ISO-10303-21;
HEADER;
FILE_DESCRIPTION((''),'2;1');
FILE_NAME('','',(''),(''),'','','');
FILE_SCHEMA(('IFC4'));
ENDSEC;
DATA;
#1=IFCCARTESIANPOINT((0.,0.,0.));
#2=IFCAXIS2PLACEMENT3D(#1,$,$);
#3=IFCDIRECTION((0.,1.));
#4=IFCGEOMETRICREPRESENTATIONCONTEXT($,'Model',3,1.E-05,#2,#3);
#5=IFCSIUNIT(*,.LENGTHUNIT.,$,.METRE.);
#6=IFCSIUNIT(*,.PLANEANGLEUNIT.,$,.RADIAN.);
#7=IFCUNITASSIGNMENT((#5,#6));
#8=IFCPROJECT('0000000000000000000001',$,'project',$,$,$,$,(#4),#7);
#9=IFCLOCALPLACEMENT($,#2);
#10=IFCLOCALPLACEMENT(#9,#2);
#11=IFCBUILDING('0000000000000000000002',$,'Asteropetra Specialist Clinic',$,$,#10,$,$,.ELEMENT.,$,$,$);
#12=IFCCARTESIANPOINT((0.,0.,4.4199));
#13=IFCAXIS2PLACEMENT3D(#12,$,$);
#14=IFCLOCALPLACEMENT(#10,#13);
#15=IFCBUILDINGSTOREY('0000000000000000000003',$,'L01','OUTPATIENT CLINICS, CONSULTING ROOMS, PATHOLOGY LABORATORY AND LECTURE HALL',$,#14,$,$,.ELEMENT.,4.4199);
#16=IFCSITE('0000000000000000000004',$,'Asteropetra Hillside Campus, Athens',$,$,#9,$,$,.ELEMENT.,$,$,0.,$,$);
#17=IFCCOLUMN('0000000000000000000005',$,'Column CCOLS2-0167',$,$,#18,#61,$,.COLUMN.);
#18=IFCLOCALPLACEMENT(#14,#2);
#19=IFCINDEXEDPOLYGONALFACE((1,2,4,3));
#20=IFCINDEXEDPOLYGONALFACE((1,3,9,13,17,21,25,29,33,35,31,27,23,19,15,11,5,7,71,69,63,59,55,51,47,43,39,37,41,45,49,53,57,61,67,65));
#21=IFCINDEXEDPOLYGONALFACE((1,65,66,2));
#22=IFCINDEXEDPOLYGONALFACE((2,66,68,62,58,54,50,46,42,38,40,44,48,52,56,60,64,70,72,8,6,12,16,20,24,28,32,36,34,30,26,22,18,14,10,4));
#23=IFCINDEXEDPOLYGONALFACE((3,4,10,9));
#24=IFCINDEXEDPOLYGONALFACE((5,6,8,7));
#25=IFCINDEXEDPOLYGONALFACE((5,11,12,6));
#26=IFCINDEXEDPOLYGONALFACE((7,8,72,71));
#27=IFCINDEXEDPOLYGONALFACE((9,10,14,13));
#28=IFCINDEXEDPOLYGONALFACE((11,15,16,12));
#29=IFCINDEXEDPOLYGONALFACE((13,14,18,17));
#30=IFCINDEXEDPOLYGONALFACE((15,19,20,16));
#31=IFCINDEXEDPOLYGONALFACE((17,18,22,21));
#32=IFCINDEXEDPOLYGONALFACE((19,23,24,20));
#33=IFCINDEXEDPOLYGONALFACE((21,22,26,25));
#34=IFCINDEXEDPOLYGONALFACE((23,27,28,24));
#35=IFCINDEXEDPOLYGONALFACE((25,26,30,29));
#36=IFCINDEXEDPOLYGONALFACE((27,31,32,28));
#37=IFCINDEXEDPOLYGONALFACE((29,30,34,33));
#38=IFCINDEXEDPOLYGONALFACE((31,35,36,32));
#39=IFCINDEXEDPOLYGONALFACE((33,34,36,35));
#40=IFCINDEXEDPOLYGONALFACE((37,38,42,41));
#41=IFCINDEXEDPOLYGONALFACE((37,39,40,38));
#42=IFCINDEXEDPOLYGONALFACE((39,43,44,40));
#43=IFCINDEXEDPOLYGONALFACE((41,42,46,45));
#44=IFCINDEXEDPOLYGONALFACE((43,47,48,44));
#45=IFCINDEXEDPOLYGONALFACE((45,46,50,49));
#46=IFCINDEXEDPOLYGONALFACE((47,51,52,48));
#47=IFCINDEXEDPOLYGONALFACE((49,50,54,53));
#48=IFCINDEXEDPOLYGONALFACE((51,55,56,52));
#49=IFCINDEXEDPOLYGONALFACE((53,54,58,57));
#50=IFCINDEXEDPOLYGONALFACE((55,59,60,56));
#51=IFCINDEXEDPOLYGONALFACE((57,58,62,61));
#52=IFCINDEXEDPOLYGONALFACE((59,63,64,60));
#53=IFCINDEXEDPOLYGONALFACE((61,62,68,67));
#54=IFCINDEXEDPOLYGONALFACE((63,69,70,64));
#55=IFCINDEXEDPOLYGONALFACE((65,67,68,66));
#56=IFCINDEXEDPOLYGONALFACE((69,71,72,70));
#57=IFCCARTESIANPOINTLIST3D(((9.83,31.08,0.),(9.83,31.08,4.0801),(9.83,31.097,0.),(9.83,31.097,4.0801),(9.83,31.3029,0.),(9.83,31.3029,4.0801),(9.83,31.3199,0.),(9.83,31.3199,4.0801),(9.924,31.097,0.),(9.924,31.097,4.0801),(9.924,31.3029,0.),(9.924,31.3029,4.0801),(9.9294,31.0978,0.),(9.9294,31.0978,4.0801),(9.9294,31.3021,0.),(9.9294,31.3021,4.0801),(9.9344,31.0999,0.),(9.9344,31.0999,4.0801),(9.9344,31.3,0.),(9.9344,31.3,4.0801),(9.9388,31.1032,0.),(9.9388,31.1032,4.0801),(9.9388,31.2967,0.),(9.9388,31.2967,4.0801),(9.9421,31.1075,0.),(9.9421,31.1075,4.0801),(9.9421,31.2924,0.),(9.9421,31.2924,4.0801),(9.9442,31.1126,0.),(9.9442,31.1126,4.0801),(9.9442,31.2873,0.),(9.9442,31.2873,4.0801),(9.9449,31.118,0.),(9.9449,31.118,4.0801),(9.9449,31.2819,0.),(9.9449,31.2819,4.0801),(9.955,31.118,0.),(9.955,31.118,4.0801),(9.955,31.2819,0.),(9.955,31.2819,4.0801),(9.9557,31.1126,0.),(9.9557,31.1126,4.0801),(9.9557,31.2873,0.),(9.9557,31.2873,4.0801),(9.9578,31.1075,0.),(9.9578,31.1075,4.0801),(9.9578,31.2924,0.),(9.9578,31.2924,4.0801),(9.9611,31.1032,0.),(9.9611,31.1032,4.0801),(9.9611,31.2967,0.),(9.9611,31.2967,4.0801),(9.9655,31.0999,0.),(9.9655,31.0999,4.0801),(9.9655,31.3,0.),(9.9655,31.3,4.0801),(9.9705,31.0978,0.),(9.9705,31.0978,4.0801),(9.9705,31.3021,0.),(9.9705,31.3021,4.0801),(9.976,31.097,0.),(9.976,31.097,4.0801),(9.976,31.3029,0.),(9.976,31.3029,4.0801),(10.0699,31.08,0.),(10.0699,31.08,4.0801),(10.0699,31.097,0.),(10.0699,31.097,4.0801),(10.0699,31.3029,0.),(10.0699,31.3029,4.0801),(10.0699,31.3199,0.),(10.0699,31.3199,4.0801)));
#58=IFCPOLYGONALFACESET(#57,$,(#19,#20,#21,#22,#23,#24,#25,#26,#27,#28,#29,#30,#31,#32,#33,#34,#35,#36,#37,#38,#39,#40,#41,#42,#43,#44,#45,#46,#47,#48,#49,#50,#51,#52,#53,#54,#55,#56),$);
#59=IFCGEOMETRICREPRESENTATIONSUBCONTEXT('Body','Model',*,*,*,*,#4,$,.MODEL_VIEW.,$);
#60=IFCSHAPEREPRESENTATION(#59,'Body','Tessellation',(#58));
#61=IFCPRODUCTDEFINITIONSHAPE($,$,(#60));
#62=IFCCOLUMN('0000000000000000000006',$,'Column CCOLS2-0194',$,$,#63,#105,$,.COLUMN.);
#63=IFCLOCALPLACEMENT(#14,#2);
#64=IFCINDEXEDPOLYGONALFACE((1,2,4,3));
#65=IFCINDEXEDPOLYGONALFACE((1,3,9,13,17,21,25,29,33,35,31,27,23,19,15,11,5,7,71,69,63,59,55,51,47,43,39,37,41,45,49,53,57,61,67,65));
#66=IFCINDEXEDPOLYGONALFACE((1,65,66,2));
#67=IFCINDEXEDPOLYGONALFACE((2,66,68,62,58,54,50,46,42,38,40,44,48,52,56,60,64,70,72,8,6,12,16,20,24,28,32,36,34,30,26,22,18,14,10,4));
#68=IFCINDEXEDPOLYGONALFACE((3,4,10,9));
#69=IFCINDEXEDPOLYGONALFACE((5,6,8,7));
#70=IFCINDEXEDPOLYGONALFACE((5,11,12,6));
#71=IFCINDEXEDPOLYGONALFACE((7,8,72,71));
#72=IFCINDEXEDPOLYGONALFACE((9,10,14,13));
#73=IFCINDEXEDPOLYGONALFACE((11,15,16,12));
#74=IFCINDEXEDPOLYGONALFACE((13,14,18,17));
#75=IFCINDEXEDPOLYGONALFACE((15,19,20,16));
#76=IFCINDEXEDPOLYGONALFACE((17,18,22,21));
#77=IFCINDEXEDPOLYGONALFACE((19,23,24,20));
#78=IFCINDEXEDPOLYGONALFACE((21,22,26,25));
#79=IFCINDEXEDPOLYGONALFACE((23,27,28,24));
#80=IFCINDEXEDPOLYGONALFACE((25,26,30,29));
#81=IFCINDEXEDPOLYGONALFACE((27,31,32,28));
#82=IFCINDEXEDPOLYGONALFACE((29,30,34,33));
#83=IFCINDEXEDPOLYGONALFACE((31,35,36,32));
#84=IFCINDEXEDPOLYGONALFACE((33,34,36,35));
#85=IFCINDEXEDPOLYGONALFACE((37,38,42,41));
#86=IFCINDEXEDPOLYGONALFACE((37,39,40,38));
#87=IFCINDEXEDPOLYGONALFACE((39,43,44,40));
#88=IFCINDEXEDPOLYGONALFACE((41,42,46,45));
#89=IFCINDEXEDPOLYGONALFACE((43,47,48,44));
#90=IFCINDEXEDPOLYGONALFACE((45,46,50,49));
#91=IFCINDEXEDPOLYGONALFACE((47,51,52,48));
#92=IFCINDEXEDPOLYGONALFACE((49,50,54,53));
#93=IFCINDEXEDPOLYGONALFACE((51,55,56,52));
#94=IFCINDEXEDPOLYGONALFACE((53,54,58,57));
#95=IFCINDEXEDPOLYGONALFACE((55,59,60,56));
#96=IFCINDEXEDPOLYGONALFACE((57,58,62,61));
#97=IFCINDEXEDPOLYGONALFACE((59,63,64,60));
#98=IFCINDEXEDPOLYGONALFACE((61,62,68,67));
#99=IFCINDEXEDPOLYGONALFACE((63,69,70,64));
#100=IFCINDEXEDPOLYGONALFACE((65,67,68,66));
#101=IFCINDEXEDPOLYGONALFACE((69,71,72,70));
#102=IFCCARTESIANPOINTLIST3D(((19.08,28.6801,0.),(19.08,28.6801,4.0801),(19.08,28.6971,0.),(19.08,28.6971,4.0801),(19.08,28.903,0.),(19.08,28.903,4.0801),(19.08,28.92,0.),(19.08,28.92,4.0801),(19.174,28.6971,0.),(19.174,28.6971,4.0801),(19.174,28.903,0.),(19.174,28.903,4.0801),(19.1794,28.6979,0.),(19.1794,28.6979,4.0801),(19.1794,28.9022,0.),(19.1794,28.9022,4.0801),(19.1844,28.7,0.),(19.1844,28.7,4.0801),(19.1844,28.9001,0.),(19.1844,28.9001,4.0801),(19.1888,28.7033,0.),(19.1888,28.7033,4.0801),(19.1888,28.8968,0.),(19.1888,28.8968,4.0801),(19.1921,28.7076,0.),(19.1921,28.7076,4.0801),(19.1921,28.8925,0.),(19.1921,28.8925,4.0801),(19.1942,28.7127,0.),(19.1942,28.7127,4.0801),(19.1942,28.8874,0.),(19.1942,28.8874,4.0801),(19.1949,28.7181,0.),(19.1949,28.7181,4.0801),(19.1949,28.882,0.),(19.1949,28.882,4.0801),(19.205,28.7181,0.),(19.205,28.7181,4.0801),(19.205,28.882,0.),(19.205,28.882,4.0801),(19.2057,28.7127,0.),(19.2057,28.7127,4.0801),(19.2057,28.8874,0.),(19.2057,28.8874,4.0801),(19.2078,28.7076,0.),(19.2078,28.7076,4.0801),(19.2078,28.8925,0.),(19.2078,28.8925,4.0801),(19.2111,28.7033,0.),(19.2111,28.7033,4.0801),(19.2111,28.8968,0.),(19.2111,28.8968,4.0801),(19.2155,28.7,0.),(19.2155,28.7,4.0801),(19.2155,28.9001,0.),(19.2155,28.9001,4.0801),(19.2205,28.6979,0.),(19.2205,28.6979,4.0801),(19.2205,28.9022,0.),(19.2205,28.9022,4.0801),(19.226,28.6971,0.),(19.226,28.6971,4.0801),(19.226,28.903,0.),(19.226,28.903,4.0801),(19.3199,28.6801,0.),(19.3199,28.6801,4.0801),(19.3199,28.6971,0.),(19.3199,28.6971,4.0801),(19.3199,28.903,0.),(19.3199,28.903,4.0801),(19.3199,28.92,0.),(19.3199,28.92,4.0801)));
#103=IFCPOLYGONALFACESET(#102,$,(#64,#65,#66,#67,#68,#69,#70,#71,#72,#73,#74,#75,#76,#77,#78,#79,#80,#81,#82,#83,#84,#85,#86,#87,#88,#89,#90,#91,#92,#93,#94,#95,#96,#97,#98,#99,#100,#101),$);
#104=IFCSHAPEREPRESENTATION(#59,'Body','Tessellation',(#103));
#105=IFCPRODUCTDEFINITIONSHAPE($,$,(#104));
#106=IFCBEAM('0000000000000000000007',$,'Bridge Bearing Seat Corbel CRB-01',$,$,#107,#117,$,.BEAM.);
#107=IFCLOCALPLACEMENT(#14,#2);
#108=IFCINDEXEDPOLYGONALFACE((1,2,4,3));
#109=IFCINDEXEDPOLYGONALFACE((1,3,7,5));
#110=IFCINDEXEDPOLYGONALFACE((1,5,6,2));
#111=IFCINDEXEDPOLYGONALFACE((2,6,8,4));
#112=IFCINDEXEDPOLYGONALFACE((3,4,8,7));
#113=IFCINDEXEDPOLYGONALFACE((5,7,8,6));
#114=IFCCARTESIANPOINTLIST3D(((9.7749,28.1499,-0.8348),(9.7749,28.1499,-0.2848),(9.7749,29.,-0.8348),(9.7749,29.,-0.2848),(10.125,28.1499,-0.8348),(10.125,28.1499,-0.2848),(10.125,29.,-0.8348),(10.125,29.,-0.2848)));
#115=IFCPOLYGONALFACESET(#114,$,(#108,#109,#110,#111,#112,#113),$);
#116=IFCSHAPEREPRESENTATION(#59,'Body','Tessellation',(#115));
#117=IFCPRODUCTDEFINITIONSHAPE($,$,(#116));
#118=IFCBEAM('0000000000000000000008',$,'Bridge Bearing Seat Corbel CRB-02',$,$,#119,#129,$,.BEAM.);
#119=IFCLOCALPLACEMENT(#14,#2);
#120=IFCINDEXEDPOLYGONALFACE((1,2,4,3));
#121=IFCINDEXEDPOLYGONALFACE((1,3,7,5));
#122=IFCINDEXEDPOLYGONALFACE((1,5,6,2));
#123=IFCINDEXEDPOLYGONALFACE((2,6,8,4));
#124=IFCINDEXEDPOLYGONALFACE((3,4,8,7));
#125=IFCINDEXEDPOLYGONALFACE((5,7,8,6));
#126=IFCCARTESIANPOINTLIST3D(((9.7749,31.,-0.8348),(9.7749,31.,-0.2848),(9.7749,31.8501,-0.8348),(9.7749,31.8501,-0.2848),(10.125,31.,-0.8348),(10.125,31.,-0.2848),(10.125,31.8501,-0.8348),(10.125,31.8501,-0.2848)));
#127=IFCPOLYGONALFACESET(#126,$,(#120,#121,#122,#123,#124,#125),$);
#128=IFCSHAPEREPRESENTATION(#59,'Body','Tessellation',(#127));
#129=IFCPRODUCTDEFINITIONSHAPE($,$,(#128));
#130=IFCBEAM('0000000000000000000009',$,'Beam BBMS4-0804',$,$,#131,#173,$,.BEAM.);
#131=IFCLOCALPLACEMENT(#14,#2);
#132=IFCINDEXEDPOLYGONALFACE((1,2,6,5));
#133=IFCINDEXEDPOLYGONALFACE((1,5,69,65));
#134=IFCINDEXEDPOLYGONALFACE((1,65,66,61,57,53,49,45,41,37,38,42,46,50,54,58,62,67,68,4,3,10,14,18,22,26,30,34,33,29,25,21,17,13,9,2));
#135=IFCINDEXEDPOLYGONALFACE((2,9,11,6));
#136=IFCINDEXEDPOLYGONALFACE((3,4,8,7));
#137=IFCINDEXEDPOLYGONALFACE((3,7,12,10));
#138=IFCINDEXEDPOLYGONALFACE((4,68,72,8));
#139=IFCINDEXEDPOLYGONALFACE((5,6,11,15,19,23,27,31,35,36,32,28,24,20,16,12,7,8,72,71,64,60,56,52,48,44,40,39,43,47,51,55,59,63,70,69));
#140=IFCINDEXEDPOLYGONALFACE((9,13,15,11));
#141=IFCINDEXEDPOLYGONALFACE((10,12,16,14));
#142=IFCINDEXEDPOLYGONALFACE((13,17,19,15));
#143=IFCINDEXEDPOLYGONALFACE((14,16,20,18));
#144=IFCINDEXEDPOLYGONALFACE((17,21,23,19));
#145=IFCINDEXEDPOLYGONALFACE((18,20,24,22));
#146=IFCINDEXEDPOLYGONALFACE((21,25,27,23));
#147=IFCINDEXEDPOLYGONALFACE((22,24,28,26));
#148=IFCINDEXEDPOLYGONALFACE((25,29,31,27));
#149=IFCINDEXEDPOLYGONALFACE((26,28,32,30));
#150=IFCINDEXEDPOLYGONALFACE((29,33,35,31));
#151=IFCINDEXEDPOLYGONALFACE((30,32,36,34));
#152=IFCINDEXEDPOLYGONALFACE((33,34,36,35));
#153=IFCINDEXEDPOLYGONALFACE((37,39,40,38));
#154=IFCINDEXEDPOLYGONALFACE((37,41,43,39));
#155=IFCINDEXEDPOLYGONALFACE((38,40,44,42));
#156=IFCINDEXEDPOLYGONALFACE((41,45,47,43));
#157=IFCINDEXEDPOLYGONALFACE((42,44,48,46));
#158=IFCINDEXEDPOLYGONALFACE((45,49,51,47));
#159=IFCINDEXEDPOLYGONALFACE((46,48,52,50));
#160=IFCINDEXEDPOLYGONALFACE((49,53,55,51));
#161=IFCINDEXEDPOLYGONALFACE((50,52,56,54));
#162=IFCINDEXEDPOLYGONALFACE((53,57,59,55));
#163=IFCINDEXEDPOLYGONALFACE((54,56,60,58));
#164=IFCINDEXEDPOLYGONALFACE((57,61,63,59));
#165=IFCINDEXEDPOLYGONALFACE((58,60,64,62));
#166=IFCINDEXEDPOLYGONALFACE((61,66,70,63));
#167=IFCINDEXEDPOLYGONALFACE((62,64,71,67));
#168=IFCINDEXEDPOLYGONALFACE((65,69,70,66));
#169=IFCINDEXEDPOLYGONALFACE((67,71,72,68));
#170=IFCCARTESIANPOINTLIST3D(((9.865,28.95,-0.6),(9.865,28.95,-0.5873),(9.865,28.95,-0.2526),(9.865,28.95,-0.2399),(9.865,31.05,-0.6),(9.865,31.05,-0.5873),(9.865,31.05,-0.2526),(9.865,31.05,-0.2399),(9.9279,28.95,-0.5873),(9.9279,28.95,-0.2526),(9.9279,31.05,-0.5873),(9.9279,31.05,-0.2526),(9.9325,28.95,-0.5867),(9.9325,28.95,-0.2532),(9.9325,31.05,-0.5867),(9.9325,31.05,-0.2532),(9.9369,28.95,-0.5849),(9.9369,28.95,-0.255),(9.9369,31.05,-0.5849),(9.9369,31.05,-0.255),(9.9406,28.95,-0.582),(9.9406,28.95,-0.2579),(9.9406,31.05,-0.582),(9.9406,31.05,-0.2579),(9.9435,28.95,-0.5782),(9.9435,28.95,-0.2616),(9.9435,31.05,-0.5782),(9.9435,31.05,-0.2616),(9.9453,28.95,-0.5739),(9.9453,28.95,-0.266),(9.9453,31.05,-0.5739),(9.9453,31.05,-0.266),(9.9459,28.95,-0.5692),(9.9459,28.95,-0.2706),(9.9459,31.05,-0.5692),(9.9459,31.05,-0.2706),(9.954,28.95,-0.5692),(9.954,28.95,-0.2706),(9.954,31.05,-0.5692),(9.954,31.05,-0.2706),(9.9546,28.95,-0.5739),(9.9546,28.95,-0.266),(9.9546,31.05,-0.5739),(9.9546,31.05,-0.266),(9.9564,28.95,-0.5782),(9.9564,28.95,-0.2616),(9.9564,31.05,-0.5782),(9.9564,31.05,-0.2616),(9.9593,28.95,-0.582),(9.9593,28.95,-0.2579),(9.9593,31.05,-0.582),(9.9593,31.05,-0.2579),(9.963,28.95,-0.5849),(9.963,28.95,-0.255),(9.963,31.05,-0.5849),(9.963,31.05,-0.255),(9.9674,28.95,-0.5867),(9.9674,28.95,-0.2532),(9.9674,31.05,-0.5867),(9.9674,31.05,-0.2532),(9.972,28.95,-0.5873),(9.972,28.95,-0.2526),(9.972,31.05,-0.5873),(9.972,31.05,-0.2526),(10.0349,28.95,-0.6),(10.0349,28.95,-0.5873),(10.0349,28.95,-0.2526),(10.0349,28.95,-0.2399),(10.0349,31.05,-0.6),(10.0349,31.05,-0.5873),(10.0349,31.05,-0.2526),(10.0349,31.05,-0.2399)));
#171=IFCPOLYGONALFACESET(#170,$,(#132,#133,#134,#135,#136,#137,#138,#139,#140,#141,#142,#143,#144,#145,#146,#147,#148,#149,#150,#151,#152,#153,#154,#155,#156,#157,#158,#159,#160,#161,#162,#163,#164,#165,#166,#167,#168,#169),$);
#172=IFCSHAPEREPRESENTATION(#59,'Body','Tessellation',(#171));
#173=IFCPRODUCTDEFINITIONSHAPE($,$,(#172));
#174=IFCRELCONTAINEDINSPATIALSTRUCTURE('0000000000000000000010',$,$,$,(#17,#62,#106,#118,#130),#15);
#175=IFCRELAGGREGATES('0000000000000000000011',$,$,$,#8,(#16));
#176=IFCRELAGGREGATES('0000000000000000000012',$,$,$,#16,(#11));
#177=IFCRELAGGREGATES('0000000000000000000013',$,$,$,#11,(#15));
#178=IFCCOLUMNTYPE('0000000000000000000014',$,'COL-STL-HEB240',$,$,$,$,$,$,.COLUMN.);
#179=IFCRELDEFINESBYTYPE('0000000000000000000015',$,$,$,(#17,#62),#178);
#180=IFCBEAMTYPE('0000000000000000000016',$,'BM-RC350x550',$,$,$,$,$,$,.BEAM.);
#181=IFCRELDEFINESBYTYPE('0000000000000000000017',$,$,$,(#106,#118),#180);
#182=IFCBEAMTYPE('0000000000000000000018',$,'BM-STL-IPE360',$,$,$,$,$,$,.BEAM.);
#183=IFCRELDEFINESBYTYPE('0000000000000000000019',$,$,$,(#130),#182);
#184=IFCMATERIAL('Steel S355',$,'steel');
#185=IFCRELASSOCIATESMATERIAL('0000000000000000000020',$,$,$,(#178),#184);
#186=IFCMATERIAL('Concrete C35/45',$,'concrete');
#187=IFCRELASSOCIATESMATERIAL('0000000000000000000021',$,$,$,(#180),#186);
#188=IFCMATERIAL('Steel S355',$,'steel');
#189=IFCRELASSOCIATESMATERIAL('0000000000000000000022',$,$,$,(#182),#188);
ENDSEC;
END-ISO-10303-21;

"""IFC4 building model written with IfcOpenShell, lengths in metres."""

from ifc_helpers import new_model, si_unit, direction, frame, origin, origin_2d, place, context, subcontext, project, spatial, rectangle, i_section, extrude, material, material_profile, profile_set, type_object, element, save


model = new_model("IFC4")

# Units and contexts
model_context = context("Model", 3, precision=1e-05, world=origin(), true_north=direction((0.0, 1.0)))
body_context = subcontext(model_context, "Body", "Model", "MODEL_VIEW")
ifc_project = project(units=[si_unit("LENGTHUNIT", "METRE"), si_unit("PLANEANGLEUNIT", "RADIAN")], contexts=[model_context])

# Site, building, storey
site_placement = place(None, origin())
site = spatial("IfcSite", under=ifc_project, at=site_placement, Name="Asteropetra Hillside Campus, Athens", CompositionType="ELEMENT", RefElevation=0.0)
building_placement = place(site_placement, origin())
building = spatial("IfcBuilding", under=site, at=building_placement, Name="Asteropetra Specialist Clinic", CompositionType="ELEMENT")
storey_placement = place(building_placement, frame((0.0, 0.0, 4.4199)))
storey = spatial("IfcBuildingStorey", under=building, at=storey_placement, Name="L01", Description="OUTPATIENT CLINICS, CONSULTING ROOMS, PATHOLOGY LABORATORY AND LECTURE HALL", CompositionType="ELEMENT", Elevation=4.4199)

# Columns
ifc_material_1 = material(Name="Steel S355", Category="steel")
ifc_material_profile_1 = material_profile(ifc_material_1, i_section(OverallWidth=0.24, OverallDepth=0.24, WebThickness=0.01, FlangeThickness=0.0171, FilletRadius=0.021, at=origin_2d()), Name="HEB 240")
ifc_profile_set_1 = profile_set([ifc_material_profile_1], Name="Steel S355")
column_type = type_object("IfcColumnType", Name="COL-STL-HEB240", PredefinedType="COLUMN", material=ifc_profile_set_1)
for number, where, z_axis, x_axis, name in (
    (1, (9.95, 31.2, 0.0), (0.0, 0.0, 1.0), (1.0, 0.0, 0.0), "Column CCOLS2-0167"),
    (2, (19.2, 28.8, 0.0), (0.0, 0.0, 1.0), (1.0, 0.0, 0.0), "Column CCOLS2-0194"),
):
    element("IfcColumn", number, at=place(storey_placement, frame(where, z_axis=z_axis, x_axis=x_axis)), inside=storey, type_object=column_type, Name=name, PredefinedType="COLUMN", context=body_context, shape_type="SweptSolid", body=[
        extrude(i_section(OverallWidth=0.24, OverallDepth=0.24, WebThickness=0.01, FlangeThickness=0.0171, FilletRadius=0.021, at=origin_2d()), origin(), (0.0, 0.0, 1.0), 4.0801),
    ])

# Beams
ifc_material_2 = material(Name="Concrete C35/45", Category="concrete")
ifc_material_profile_2 = material_profile(ifc_material_2, rectangle(XDim=0.3501, YDim=0.55, at=origin_2d()), Name="RCB 350x550")
ifc_profile_set_2 = profile_set([ifc_material_profile_2], Name="Concrete C35/45")
beam_type_1 = type_object("IfcBeamType", Name="BM-RC350x550", PredefinedType="BEAM", material=ifc_profile_set_2)
for number, where, z_axis, x_axis, name in (
    (3, (9.95, 29.0, -0.5598), (0.0, -1.0, 0.0), (1.0, 0.0, 0.0), "Bridge Bearing Seat Corbel CRB-01"),
    (4, (9.95, 31.0, -0.5598), (0.0, 1.0, 0.0), (-1.0, 0.0, 0.0), "Bridge Bearing Seat Corbel CRB-02"),
):
    element("IfcBeam", number, at=place(storey_placement, frame(where, z_axis=z_axis, x_axis=x_axis)), inside=storey, type_object=beam_type_1, Name=name, PredefinedType="BEAM", context=body_context, shape_type="SweptSolid", body=[
        extrude(rectangle(XDim=0.3501, YDim=0.55, at=origin_2d()), origin(), (0.0, 0.0, 1.0), 0.8501),
    ])
ifc_material_3 = material(Name="Steel S355", Category="steel")
ifc_material_profile_3 = material_profile(ifc_material_3, i_section(OverallWidth=0.1699, OverallDepth=0.3601, WebThickness=0.0081, FlangeThickness=0.0127, FilletRadius=0.0181, at=origin_2d()), Name="IPE 360")
ifc_profile_set_3 = profile_set([ifc_material_profile_3], Name="Steel S355")
beam_type_2 = type_object("IfcBeamType", Name="BM-STL-IPE360", PredefinedType="BEAM", material=ifc_profile_set_3)
beam_1_placement = place(storey_placement, frame((9.95, 28.95, -0.4199), z_axis=(0.0, 1.0, 0.0), x_axis=(-1.0, 0.0, 0.0)))
element("IfcBeam", 5, at=beam_1_placement, inside=storey, type_object=beam_type_2, Name="Beam BBMS4-0804", PredefinedType="BEAM", context=body_context, shape_type="SweptSolid", body=[
    extrude(i_section(OverallWidth=0.1699, OverallDepth=0.3601, WebThickness=0.0081, FlangeThickness=0.0127, FilletRadius=0.0181, at=origin_2d()), origin(), (0.0, 0.0, 1.0), 2.1001),
])

save(model, "model.ifc")
